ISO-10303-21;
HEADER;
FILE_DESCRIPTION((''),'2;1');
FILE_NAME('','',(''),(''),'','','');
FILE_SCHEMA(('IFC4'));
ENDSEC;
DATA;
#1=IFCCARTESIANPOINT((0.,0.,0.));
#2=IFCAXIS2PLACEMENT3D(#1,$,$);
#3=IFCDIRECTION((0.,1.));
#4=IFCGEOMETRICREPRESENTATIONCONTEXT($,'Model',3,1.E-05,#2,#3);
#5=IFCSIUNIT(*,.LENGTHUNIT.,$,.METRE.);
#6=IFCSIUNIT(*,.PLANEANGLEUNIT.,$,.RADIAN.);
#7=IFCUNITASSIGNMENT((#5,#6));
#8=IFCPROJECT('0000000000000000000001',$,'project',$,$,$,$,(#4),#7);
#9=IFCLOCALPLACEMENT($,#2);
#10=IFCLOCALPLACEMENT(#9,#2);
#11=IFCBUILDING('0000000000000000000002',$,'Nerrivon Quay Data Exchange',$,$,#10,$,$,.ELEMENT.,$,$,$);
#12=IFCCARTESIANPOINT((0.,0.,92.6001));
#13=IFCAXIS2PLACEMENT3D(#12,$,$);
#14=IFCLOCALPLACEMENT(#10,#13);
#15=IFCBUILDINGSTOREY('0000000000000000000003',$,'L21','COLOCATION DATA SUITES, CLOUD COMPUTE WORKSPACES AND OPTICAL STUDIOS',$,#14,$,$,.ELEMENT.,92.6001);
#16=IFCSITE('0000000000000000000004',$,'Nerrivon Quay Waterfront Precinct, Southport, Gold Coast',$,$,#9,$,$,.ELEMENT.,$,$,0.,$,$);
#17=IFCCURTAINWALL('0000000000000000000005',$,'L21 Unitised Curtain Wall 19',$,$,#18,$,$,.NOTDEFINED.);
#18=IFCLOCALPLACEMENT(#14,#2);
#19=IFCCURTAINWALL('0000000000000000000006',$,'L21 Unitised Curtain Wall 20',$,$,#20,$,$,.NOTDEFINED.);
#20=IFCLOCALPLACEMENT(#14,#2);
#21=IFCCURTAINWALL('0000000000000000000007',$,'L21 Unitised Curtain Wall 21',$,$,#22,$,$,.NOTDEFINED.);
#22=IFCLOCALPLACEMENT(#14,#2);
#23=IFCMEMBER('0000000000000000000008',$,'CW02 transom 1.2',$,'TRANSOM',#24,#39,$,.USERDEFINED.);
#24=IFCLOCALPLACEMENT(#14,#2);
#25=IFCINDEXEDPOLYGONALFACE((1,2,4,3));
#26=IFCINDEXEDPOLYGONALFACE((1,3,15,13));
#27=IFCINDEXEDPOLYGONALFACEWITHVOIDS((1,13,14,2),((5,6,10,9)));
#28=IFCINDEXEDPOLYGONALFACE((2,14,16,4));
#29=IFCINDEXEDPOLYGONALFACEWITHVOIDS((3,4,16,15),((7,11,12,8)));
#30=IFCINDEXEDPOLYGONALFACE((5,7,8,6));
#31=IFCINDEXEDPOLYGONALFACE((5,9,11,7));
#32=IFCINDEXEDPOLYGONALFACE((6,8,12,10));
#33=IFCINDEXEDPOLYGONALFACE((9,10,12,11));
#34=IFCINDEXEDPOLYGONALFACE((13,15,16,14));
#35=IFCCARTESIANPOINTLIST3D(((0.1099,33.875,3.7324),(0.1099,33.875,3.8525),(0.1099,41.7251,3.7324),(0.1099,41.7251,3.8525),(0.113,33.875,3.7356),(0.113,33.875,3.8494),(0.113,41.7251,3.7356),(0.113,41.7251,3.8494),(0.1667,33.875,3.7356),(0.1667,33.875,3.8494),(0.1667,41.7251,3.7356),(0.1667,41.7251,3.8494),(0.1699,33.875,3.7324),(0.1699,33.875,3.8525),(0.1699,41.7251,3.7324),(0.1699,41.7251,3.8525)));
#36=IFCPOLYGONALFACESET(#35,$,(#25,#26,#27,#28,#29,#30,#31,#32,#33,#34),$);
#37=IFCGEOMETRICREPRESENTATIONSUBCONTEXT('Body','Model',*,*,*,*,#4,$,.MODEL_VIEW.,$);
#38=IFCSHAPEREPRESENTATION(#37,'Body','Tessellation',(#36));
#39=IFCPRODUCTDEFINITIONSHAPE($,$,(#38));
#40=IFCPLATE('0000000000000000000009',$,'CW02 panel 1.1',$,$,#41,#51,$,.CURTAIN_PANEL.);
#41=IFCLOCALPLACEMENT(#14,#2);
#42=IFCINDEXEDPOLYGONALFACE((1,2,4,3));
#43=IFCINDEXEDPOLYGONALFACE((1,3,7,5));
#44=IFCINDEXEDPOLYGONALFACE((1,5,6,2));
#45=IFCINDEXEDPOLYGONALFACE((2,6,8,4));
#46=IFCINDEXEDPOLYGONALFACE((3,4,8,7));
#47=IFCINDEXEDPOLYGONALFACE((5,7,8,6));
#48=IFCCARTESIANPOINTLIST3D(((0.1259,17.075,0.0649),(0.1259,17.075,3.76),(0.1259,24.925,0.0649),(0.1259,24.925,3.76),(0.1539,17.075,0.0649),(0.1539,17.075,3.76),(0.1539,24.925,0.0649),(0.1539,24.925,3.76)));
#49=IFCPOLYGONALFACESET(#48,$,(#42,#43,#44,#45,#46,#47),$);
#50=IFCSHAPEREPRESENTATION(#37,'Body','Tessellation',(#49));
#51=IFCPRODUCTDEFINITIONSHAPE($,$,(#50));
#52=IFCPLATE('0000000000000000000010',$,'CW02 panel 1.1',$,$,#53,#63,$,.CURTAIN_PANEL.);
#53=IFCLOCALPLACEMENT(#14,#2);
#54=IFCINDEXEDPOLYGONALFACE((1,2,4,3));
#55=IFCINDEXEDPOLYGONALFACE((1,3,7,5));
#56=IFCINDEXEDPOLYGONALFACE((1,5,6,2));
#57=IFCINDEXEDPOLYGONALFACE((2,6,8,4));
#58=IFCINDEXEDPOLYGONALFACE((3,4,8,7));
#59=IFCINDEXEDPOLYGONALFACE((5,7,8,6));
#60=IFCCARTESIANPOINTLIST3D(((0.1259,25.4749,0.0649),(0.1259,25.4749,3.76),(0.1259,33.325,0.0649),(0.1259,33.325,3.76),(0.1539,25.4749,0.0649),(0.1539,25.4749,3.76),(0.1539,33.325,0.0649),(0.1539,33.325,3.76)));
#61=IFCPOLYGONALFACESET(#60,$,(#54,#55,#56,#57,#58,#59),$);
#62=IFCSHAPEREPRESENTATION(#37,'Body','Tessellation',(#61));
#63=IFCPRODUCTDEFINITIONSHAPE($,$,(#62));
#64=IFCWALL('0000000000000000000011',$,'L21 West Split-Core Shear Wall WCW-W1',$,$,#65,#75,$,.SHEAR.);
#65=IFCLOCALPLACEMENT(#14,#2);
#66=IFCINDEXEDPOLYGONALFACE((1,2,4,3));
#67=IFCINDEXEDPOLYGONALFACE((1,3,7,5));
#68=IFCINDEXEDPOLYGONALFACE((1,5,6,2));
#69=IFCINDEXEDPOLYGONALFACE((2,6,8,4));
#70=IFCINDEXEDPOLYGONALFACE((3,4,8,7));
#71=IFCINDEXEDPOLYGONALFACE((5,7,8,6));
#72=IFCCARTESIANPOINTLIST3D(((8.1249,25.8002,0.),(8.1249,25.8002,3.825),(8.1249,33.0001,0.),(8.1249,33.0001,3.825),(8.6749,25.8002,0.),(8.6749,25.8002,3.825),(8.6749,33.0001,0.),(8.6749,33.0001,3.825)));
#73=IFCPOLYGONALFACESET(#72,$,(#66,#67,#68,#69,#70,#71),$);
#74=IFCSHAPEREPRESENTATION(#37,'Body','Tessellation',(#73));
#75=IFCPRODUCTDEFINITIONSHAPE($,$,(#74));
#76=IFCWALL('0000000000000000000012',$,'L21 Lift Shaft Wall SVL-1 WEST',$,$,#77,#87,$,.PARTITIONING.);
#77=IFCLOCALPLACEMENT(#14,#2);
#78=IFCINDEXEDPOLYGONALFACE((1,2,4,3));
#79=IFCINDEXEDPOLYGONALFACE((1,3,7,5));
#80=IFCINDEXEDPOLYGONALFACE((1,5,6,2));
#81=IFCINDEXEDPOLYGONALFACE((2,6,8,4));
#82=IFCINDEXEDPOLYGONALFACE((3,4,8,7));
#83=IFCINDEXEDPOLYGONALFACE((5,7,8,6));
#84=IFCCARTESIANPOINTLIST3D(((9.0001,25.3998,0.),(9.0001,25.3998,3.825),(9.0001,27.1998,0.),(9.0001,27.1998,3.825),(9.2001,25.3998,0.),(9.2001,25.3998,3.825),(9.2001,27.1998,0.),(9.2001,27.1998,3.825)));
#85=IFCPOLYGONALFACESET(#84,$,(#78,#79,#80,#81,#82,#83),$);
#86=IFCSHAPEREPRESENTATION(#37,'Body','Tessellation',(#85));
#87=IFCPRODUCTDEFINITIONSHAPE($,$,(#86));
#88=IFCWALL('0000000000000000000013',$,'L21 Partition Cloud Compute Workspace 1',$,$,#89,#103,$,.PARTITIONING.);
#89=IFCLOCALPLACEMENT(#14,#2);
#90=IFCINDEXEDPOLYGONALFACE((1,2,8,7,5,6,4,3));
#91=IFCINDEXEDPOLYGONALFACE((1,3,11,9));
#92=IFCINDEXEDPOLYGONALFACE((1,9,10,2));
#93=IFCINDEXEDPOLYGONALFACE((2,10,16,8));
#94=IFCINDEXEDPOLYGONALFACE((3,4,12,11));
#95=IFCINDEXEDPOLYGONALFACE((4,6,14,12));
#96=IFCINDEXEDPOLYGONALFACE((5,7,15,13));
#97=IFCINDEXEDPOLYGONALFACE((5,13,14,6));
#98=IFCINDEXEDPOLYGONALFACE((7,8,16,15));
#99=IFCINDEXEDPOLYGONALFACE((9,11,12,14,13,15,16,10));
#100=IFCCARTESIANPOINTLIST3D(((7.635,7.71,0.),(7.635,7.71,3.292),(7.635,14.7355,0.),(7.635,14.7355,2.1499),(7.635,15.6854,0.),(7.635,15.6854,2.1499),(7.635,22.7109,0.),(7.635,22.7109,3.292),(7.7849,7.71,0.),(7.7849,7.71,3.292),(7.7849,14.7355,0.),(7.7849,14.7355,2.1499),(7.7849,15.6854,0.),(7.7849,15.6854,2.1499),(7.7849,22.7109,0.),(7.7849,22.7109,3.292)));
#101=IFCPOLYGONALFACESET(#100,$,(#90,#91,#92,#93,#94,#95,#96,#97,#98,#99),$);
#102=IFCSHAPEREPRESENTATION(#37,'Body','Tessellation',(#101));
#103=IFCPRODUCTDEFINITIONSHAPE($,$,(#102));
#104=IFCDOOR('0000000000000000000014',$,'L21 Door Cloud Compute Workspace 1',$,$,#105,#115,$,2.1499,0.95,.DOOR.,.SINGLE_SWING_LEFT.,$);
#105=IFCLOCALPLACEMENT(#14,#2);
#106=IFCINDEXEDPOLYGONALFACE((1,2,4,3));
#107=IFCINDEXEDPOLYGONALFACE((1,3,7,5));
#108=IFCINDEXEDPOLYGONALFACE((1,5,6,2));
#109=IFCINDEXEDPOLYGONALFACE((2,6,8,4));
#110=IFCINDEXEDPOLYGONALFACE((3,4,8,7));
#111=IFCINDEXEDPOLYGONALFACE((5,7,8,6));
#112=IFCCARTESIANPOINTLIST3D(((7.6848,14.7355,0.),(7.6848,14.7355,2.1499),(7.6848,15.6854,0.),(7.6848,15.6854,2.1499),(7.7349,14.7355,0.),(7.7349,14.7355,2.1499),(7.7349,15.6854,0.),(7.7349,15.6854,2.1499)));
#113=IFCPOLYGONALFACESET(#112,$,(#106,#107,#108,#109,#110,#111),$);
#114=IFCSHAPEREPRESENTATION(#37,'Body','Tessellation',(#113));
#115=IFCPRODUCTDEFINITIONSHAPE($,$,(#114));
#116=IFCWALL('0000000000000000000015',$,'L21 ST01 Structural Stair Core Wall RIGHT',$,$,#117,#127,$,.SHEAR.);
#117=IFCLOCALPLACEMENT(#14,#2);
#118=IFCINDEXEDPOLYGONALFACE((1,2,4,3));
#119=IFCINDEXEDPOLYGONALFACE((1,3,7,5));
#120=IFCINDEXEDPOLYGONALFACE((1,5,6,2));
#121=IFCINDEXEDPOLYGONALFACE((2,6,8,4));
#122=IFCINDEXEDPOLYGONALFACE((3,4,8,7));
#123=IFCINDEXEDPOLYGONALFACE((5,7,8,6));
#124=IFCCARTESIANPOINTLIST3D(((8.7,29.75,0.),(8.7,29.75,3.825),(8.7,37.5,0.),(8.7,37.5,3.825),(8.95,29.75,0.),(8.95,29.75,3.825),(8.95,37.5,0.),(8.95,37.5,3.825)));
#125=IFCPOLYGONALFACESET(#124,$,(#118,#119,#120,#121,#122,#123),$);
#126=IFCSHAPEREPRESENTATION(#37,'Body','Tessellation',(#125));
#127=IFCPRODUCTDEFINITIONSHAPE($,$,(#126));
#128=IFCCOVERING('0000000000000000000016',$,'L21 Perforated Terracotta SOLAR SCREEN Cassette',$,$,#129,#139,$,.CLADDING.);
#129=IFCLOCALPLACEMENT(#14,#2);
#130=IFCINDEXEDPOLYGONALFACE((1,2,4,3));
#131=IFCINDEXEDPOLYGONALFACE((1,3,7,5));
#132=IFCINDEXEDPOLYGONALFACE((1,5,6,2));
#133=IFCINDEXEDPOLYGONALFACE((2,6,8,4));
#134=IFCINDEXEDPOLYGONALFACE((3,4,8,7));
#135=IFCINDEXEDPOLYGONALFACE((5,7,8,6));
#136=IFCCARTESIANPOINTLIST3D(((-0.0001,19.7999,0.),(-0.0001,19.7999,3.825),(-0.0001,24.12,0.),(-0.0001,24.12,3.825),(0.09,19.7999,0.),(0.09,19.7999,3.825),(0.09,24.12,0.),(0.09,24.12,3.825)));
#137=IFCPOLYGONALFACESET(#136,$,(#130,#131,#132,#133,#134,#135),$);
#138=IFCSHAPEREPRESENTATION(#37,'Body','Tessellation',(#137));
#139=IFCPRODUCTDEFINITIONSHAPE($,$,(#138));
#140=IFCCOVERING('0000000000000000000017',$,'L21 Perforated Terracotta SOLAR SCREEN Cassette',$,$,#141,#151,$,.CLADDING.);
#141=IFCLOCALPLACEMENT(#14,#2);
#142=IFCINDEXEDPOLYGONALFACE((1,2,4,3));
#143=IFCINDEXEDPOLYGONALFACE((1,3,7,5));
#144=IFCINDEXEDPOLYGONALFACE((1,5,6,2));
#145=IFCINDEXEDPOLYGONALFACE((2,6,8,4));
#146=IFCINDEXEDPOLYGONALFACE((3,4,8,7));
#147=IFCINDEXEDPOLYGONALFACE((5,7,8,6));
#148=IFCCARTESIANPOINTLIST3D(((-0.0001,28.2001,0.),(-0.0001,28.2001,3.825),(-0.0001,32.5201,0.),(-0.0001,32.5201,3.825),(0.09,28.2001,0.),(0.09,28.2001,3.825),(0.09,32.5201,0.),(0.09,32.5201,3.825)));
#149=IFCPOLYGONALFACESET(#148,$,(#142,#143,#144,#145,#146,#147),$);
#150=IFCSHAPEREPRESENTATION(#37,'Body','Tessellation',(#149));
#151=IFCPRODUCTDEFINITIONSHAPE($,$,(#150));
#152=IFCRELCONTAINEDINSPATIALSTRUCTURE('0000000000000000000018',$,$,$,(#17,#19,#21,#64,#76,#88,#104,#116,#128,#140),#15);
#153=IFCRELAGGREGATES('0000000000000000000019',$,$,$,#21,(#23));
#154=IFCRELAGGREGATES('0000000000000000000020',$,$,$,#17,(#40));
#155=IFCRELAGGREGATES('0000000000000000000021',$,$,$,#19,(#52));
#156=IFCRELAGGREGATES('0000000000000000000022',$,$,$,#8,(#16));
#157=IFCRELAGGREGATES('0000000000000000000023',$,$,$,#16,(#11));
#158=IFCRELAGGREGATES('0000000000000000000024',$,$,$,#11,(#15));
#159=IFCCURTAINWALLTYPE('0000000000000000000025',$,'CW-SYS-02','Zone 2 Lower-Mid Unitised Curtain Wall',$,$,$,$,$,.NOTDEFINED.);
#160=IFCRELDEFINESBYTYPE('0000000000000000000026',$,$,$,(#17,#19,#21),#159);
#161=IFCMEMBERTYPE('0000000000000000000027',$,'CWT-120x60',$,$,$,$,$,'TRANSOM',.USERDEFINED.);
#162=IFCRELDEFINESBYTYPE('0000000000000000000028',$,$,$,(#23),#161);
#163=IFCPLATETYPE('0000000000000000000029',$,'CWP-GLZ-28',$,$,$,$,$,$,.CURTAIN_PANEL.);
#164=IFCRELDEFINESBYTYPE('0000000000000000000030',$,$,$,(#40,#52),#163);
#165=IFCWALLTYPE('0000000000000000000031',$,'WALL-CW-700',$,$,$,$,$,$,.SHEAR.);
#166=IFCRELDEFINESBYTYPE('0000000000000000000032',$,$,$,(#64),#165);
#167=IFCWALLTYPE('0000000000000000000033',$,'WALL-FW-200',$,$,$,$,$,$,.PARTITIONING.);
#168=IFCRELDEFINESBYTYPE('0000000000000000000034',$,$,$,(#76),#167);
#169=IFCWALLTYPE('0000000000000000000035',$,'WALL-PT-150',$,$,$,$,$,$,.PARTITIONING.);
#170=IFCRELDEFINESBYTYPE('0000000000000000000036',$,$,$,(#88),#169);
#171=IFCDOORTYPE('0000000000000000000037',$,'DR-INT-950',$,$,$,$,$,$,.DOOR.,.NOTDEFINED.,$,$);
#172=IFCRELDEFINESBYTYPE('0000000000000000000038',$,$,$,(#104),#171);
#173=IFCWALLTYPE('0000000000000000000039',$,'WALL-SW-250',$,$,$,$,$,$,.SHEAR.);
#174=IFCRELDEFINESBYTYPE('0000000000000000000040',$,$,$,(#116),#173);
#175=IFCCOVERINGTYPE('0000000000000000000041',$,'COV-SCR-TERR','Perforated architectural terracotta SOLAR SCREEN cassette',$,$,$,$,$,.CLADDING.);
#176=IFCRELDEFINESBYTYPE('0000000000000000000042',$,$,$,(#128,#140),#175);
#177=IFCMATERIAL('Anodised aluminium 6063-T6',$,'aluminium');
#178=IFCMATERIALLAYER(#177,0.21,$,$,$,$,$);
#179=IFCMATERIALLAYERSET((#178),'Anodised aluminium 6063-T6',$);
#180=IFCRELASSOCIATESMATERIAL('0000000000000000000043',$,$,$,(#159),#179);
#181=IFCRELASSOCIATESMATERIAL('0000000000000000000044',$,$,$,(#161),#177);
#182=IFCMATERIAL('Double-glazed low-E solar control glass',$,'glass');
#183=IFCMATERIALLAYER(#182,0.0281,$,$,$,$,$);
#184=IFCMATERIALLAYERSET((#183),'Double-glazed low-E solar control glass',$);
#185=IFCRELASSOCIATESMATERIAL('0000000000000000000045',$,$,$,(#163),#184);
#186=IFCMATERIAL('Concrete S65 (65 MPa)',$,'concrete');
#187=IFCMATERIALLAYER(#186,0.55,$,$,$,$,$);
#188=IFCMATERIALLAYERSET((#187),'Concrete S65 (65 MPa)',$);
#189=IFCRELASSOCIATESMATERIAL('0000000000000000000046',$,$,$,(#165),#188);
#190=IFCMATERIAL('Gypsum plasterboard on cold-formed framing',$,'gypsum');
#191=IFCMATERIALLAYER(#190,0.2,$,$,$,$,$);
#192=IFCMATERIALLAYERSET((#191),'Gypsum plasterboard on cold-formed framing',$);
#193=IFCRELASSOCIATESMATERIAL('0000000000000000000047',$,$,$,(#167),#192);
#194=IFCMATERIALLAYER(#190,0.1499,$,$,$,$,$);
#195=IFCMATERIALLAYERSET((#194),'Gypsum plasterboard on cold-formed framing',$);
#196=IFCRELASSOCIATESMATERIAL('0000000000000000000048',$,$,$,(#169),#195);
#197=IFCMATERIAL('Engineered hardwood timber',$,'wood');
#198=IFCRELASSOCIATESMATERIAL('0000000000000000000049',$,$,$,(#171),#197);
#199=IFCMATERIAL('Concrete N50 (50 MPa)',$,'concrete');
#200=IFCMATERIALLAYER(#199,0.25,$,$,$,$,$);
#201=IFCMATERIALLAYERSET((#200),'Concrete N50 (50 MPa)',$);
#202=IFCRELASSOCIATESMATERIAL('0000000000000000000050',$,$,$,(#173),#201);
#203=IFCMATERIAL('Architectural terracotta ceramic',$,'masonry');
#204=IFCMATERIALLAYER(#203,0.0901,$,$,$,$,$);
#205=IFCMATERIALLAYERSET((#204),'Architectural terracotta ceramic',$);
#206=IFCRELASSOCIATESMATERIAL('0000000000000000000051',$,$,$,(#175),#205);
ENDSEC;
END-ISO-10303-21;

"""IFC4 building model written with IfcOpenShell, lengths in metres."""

from ifc_helpers import new_model, si_unit, direction, frame, frame_2d, origin, origin_2d, place, context, subcontext, project, spatial, rectangle, hollow_rectangle, extrude, material, layer, layer_set, material_profile, profile_set, type_object, element, fill, aggregate, save


model = new_model("IFC4")

# Units and contexts
model_context = context("Model", 3, precision=1e-05, world=origin(), true_north=direction((0.0, 1.0)))
body_context = subcontext(model_context, "Body", "Model", "MODEL_VIEW")
ifc_project = project(units=[si_unit("LENGTHUNIT", "METRE"), si_unit("PLANEANGLEUNIT", "RADIAN")], contexts=[model_context])

# Site, building, storey
site_placement = place(None, origin())
site = spatial("IfcSite", under=ifc_project, at=site_placement, Name="Nerrivon Quay Waterfront Precinct, Southport, Gold Coast", CompositionType="ELEMENT", RefElevation=0.0)
building_placement = place(site_placement, origin())
building = spatial("IfcBuilding", under=site, at=building_placement, Name="Nerrivon Quay Data Exchange", CompositionType="ELEMENT")
storey_placement = place(building_placement, frame((0.0, 0.0, 92.6001)))
storey = spatial("IfcBuildingStorey", under=building, at=storey_placement, Name="L21", Description="COLOCATION DATA SUITES, CLOUD COMPUTE WORKSPACES AND OPTICAL STUDIOS", CompositionType="ELEMENT", Elevation=92.6001)

# Shared definitions
ifc_material_1 = material(Name="Concrete S65 (65 MPa)", Category="concrete")

# Curtain wall
ifc_material_2 = material(Name="Anodised aluminium 6063-T6", Category="aluminium")
ifc_layer_1 = layer(ifc_material_2, 0.21)
ifc_layer_set_1 = layer_set([ifc_layer_1], Name="Anodised aluminium 6063-T6")
curtain_wall_type = type_object("IfcCurtainWallType", Name="CW-SYS-02", Description="Zone 2 Lower-Mid Unitised Curtain Wall", PredefinedType="NOTDEFINED", material=ifc_layer_set_1)
curtain_wall_1_placement = place(storey_placement, origin())
curtain_wall_1 = element("IfcCurtainWall", 1, at=curtain_wall_1_placement, inside=storey, type_object=curtain_wall_type, Name="L21 Unitised Curtain Wall 19", PredefinedType="NOTDEFINED")

# Curtain wall
curtain_wall_2_placement = place(storey_placement, origin())
curtain_wall_2 = element("IfcCurtainWall", 2, at=curtain_wall_2_placement, inside=storey, type_object=curtain_wall_type, Name="L21 Unitised Curtain Wall 20", PredefinedType="NOTDEFINED")

# Curtain wall
curtain_wall_3_placement = place(storey_placement, origin())
curtain_wall_3 = element("IfcCurtainWall", 3, at=curtain_wall_3_placement, inside=storey, type_object=curtain_wall_type, Name="L21 Unitised Curtain Wall 21", PredefinedType="NOTDEFINED")

# Member
ifc_material_profile_1 = material_profile(ifc_material_2, hollow_rectangle(XDim=0.0601, YDim=0.1201, WallThickness=0.0032, at=origin_2d()), Name="ALU-TRAN-120x60")
ifc_profile_set_1 = profile_set([ifc_material_profile_1], Name="Anodised aluminium 6063-T6")
member_type_1 = type_object("IfcMemberType", Name="CWT-120x60", ElementType="TRANSOM", PredefinedType="USERDEFINED", material=ifc_profile_set_1)
member_1_placement = place(storey_placement, frame((0.1399, 33.875, 3.7925), z_axis=(0.0, 1.0, 0.0), x_axis=(-1.0, 0.0, 0.0)))
member_1 = element("IfcMember", 4, at=member_1_placement, type_object=member_type_1, Name="CW02 transom 1.2", ObjectType="TRANSOM", PredefinedType="USERDEFINED", context=body_context, shape_type="SweptSolid", body=[
    extrude(hollow_rectangle(XDim=0.0601, YDim=0.1201, WallThickness=0.0032, at=origin_2d()), origin(), (0.0, 0.0, 1.0), 7.8501),
])
aggregate(curtain_wall_3, [member_1])

# Plates
ifc_material_3 = material(Name="Double-glazed low-E solar control glass", Category="glass")
ifc_layer_2 = layer(ifc_material_3, 0.0281)
ifc_layer_set_2 = layer_set([ifc_layer_2], Name="Double-glazed low-E solar control glass")
plate_type = type_object("IfcPlateType", Name="CWP-GLZ-28", PredefinedType="CURTAIN_PANEL", material=ifc_layer_set_2)
plate_1_placement = place(storey_placement, frame((0.1399, 21.0, 0.0649), z_axis=(0.0, 0.0, 1.0), x_axis=(0.0, 1.0, 0.0)))
plate_1 = element("IfcPlate", 5, at=plate_1_placement, type_object=plate_type, Name="CW02 panel 1.1", PredefinedType="CURTAIN_PANEL", context=body_context, shape_type="SweptSolid", body=[
    extrude(rectangle(XDim=7.8501, YDim=0.0281, at=origin_2d()), origin(), (0.0, 0.0, 1.0), 3.6951),
])
aggregate(curtain_wall_1, [plate_1])
plate_2_placement = place(storey_placement, frame((0.1399, 29.3999, 0.0649), z_axis=(0.0, 0.0, 1.0), x_axis=(0.0, 1.0, 0.0)))
plate_2 = element("IfcPlate", 6, at=plate_2_placement, type_object=plate_type, Name="CW02 panel 1.1", PredefinedType="CURTAIN_PANEL", context=body_context, shape_type="SweptSolid", body=[
    extrude(rectangle(XDim=7.8501, YDim=0.0281, at=origin_2d()), origin(), (0.0, 0.0, 1.0), 3.6951),
])
aggregate(curtain_wall_2, [plate_2])

# Wall
ifc_layer_3 = layer(ifc_material_1, 0.55)
ifc_layer_set_3 = layer_set([ifc_layer_3], Name="Concrete S65 (65 MPa)")
wall_type_1 = type_object("IfcWallType", Name="WALL-CW-700", PredefinedType="SHEAR", material=ifc_layer_set_3)
wall_1_placement = place(storey_placement, frame((8.3999, 25.8, 0.0), z_axis=(0.0, 0.0, 1.0), x_axis=(0.0, 1.0, 0.0)))
element("IfcWall", 7, at=wall_1_placement, inside=storey, type_object=wall_type_1, Name="L21 West Split-Core Shear Wall WCW-W1", PredefinedType="SHEAR", context=body_context, shape_type="SweptSolid", body=[
    extrude(rectangle(XDim=7.2, YDim=0.55, at=frame_2d((3.6001, 0.0))), origin(), (0.0, 0.0, 1.0), 3.825),
])

# Wall
ifc_material_4 = material(Name="Gypsum plasterboard on cold-formed framing", Category="gypsum")
ifc_layer_4 = layer(ifc_material_4, 0.2)
ifc_layer_set_4 = layer_set([ifc_layer_4], Name="Gypsum plasterboard on cold-formed framing")
wall_type_2 = type_object("IfcWallType", Name="WALL-FW-200", PredefinedType="PARTITIONING", material=ifc_layer_set_4)
wall_2_placement = place(storey_placement, frame((9.1001, 25.3999, 0.0), z_axis=(0.0, 0.0, 1.0), x_axis=(0.0, 1.0, 0.0)))
element("IfcWall", 8, at=wall_2_placement, inside=storey, type_object=wall_type_2, Name="L21 Lift Shaft Wall SVL-1 WEST", PredefinedType="PARTITIONING", context=body_context, shape_type="SweptSolid", body=[
    extrude(rectangle(XDim=1.8, YDim=0.2, at=frame_2d((0.8999, 0.0))), origin(), (0.0, 0.0, 1.0), 3.825),
])

# Wall, opening, door
ifc_layer_5 = layer(ifc_material_4, 0.1499)
ifc_layer_set_5 = layer_set([ifc_layer_5], Name="Gypsum plasterboard on cold-formed framing")
wall_type_3 = type_object("IfcWallType", Name="WALL-PT-150", PredefinedType="PARTITIONING", material=ifc_layer_set_5)
wall_3_placement = place(storey_placement, frame((7.71, 22.7109, 0.0), z_axis=(0.0, 0.0, 1.0), x_axis=(0.0, -1.0, 0.0)))
wall_3 = element("IfcWall", 9, at=wall_3_placement, inside=storey, type_object=wall_type_3, Name="L21 Partition Cloud Compute Workspace 1", PredefinedType="PARTITIONING", context=body_context, shape_type="SweptSolid", body=[
    extrude(rectangle(XDim=15.001, YDim=0.1499, at=frame_2d((7.5005, 0.0))), origin(), (0.0, 0.0, 1.0), 3.292),
])
opening_1_placement = place(wall_3_placement, frame((7.0254, 0.0, 0.0)))
opening_1 = element("IfcOpeningElement", 10, at=opening_1_placement, cuts=wall_3, PredefinedType="OPENING", context=body_context, shape_type="SweptSolid", body=[
    extrude(rectangle(XDim=0.95, YDim=2.1499, at=frame_2d((0.4751, 1.075))), frame((0.0, 0.085, 0.0), z_axis=(0.0, -1.0, 0.0), x_axis=(1.0, 0.0, 0.0)), (0.0, 0.0, 1.0), 0.1699),
])
ifc_material_5 = material(Name="Engineered hardwood timber", Category="wood")
door_type_1 = type_object("IfcDoorType", Name="DR-INT-950", OperationType="NOTDEFINED", PredefinedType="DOOR", material=ifc_material_5)
door_1_placement = place(opening_1_placement, origin())
door_1 = element("IfcDoor", 11, at=door_1_placement, inside=storey, type_object=door_type_1, Name="L21 Door Cloud Compute Workspace 1", OperationType="SINGLE_SWING_LEFT", OverallHeight=2.1499, OverallWidth=0.95, PredefinedType="DOOR", context=body_context, shape_type="SweptSolid", body=[
    extrude(rectangle(XDim=0.95, YDim=2.1499, at=frame_2d((0.4751, 1.075))), frame((0.0, 0.0249, 0.0), z_axis=(0.0, -1.0, 0.0), x_axis=(1.0, 0.0, 0.0)), (0.0, 0.0, 1.0), 0.05),
])
fill(opening_1, door_1)

# Wall
ifc_material_6 = material(Name="Concrete N50 (50 MPa)", Category="concrete")
ifc_layer_6 = layer(ifc_material_6, 0.25)
ifc_layer_set_6 = layer_set([ifc_layer_6], Name="Concrete N50 (50 MPa)")
wall_type_4 = type_object("IfcWallType", Name="WALL-SW-250", PredefinedType="SHEAR", material=ifc_layer_set_6)
wall_4_placement = place(storey_placement, frame((8.825, 29.75, 0.0), z_axis=(0.0, 0.0, 1.0), x_axis=(0.0, 1.0, 0.0)))
element("IfcWall", 12, at=wall_4_placement, inside=storey, type_object=wall_type_4, Name="L21 ST01 Structural Stair Core Wall RIGHT", PredefinedType="SHEAR", context=body_context, shape_type="SweptSolid", body=[
    extrude(rectangle(XDim=7.75, YDim=0.25, at=frame_2d((3.875, 0.0))), origin(), (0.0, 0.0, 1.0), 3.825),
])

# Coverings
ifc_material_7 = material(Name="Architectural terracotta ceramic", Category="masonry")
ifc_layer_7 = layer(ifc_material_7, 0.0901)
ifc_layer_set_7 = layer_set([ifc_layer_7], Name="Architectural terracotta ceramic")
covering_type = type_object("IfcCoveringType", Name="COV-SCR-TERR", Description="Perforated architectural terracotta SOLAR SCREEN cassette", PredefinedType="CLADDING", material=ifc_layer_set_7)
for number, where, z_axis, x_axis, name in (
    (13, (0.0449, 21.96, 0.0), (0.0, 0.0, 1.0), (0.0, 1.0, 0.0), "L21 Perforated Terracotta SOLAR SCREEN Cassette"),
    (14, (0.0449, 30.3601, 0.0), (0.0, 0.0, 1.0), (0.0, 1.0, 0.0), "L21 Perforated Terracotta SOLAR SCREEN Cassette"),
):
    element("IfcCovering", number, at=place(storey_placement, frame(where, z_axis=z_axis, x_axis=x_axis)), inside=storey, type_object=covering_type, Name=name, PredefinedType="CLADDING", context=body_context, shape_type="SweptSolid", body=[
        extrude(rectangle(XDim=4.3201, YDim=0.0901, at=origin_2d()), origin(), (0.0, 0.0, 1.0), 3.825),
    ])

save(model, "model.ifc")
